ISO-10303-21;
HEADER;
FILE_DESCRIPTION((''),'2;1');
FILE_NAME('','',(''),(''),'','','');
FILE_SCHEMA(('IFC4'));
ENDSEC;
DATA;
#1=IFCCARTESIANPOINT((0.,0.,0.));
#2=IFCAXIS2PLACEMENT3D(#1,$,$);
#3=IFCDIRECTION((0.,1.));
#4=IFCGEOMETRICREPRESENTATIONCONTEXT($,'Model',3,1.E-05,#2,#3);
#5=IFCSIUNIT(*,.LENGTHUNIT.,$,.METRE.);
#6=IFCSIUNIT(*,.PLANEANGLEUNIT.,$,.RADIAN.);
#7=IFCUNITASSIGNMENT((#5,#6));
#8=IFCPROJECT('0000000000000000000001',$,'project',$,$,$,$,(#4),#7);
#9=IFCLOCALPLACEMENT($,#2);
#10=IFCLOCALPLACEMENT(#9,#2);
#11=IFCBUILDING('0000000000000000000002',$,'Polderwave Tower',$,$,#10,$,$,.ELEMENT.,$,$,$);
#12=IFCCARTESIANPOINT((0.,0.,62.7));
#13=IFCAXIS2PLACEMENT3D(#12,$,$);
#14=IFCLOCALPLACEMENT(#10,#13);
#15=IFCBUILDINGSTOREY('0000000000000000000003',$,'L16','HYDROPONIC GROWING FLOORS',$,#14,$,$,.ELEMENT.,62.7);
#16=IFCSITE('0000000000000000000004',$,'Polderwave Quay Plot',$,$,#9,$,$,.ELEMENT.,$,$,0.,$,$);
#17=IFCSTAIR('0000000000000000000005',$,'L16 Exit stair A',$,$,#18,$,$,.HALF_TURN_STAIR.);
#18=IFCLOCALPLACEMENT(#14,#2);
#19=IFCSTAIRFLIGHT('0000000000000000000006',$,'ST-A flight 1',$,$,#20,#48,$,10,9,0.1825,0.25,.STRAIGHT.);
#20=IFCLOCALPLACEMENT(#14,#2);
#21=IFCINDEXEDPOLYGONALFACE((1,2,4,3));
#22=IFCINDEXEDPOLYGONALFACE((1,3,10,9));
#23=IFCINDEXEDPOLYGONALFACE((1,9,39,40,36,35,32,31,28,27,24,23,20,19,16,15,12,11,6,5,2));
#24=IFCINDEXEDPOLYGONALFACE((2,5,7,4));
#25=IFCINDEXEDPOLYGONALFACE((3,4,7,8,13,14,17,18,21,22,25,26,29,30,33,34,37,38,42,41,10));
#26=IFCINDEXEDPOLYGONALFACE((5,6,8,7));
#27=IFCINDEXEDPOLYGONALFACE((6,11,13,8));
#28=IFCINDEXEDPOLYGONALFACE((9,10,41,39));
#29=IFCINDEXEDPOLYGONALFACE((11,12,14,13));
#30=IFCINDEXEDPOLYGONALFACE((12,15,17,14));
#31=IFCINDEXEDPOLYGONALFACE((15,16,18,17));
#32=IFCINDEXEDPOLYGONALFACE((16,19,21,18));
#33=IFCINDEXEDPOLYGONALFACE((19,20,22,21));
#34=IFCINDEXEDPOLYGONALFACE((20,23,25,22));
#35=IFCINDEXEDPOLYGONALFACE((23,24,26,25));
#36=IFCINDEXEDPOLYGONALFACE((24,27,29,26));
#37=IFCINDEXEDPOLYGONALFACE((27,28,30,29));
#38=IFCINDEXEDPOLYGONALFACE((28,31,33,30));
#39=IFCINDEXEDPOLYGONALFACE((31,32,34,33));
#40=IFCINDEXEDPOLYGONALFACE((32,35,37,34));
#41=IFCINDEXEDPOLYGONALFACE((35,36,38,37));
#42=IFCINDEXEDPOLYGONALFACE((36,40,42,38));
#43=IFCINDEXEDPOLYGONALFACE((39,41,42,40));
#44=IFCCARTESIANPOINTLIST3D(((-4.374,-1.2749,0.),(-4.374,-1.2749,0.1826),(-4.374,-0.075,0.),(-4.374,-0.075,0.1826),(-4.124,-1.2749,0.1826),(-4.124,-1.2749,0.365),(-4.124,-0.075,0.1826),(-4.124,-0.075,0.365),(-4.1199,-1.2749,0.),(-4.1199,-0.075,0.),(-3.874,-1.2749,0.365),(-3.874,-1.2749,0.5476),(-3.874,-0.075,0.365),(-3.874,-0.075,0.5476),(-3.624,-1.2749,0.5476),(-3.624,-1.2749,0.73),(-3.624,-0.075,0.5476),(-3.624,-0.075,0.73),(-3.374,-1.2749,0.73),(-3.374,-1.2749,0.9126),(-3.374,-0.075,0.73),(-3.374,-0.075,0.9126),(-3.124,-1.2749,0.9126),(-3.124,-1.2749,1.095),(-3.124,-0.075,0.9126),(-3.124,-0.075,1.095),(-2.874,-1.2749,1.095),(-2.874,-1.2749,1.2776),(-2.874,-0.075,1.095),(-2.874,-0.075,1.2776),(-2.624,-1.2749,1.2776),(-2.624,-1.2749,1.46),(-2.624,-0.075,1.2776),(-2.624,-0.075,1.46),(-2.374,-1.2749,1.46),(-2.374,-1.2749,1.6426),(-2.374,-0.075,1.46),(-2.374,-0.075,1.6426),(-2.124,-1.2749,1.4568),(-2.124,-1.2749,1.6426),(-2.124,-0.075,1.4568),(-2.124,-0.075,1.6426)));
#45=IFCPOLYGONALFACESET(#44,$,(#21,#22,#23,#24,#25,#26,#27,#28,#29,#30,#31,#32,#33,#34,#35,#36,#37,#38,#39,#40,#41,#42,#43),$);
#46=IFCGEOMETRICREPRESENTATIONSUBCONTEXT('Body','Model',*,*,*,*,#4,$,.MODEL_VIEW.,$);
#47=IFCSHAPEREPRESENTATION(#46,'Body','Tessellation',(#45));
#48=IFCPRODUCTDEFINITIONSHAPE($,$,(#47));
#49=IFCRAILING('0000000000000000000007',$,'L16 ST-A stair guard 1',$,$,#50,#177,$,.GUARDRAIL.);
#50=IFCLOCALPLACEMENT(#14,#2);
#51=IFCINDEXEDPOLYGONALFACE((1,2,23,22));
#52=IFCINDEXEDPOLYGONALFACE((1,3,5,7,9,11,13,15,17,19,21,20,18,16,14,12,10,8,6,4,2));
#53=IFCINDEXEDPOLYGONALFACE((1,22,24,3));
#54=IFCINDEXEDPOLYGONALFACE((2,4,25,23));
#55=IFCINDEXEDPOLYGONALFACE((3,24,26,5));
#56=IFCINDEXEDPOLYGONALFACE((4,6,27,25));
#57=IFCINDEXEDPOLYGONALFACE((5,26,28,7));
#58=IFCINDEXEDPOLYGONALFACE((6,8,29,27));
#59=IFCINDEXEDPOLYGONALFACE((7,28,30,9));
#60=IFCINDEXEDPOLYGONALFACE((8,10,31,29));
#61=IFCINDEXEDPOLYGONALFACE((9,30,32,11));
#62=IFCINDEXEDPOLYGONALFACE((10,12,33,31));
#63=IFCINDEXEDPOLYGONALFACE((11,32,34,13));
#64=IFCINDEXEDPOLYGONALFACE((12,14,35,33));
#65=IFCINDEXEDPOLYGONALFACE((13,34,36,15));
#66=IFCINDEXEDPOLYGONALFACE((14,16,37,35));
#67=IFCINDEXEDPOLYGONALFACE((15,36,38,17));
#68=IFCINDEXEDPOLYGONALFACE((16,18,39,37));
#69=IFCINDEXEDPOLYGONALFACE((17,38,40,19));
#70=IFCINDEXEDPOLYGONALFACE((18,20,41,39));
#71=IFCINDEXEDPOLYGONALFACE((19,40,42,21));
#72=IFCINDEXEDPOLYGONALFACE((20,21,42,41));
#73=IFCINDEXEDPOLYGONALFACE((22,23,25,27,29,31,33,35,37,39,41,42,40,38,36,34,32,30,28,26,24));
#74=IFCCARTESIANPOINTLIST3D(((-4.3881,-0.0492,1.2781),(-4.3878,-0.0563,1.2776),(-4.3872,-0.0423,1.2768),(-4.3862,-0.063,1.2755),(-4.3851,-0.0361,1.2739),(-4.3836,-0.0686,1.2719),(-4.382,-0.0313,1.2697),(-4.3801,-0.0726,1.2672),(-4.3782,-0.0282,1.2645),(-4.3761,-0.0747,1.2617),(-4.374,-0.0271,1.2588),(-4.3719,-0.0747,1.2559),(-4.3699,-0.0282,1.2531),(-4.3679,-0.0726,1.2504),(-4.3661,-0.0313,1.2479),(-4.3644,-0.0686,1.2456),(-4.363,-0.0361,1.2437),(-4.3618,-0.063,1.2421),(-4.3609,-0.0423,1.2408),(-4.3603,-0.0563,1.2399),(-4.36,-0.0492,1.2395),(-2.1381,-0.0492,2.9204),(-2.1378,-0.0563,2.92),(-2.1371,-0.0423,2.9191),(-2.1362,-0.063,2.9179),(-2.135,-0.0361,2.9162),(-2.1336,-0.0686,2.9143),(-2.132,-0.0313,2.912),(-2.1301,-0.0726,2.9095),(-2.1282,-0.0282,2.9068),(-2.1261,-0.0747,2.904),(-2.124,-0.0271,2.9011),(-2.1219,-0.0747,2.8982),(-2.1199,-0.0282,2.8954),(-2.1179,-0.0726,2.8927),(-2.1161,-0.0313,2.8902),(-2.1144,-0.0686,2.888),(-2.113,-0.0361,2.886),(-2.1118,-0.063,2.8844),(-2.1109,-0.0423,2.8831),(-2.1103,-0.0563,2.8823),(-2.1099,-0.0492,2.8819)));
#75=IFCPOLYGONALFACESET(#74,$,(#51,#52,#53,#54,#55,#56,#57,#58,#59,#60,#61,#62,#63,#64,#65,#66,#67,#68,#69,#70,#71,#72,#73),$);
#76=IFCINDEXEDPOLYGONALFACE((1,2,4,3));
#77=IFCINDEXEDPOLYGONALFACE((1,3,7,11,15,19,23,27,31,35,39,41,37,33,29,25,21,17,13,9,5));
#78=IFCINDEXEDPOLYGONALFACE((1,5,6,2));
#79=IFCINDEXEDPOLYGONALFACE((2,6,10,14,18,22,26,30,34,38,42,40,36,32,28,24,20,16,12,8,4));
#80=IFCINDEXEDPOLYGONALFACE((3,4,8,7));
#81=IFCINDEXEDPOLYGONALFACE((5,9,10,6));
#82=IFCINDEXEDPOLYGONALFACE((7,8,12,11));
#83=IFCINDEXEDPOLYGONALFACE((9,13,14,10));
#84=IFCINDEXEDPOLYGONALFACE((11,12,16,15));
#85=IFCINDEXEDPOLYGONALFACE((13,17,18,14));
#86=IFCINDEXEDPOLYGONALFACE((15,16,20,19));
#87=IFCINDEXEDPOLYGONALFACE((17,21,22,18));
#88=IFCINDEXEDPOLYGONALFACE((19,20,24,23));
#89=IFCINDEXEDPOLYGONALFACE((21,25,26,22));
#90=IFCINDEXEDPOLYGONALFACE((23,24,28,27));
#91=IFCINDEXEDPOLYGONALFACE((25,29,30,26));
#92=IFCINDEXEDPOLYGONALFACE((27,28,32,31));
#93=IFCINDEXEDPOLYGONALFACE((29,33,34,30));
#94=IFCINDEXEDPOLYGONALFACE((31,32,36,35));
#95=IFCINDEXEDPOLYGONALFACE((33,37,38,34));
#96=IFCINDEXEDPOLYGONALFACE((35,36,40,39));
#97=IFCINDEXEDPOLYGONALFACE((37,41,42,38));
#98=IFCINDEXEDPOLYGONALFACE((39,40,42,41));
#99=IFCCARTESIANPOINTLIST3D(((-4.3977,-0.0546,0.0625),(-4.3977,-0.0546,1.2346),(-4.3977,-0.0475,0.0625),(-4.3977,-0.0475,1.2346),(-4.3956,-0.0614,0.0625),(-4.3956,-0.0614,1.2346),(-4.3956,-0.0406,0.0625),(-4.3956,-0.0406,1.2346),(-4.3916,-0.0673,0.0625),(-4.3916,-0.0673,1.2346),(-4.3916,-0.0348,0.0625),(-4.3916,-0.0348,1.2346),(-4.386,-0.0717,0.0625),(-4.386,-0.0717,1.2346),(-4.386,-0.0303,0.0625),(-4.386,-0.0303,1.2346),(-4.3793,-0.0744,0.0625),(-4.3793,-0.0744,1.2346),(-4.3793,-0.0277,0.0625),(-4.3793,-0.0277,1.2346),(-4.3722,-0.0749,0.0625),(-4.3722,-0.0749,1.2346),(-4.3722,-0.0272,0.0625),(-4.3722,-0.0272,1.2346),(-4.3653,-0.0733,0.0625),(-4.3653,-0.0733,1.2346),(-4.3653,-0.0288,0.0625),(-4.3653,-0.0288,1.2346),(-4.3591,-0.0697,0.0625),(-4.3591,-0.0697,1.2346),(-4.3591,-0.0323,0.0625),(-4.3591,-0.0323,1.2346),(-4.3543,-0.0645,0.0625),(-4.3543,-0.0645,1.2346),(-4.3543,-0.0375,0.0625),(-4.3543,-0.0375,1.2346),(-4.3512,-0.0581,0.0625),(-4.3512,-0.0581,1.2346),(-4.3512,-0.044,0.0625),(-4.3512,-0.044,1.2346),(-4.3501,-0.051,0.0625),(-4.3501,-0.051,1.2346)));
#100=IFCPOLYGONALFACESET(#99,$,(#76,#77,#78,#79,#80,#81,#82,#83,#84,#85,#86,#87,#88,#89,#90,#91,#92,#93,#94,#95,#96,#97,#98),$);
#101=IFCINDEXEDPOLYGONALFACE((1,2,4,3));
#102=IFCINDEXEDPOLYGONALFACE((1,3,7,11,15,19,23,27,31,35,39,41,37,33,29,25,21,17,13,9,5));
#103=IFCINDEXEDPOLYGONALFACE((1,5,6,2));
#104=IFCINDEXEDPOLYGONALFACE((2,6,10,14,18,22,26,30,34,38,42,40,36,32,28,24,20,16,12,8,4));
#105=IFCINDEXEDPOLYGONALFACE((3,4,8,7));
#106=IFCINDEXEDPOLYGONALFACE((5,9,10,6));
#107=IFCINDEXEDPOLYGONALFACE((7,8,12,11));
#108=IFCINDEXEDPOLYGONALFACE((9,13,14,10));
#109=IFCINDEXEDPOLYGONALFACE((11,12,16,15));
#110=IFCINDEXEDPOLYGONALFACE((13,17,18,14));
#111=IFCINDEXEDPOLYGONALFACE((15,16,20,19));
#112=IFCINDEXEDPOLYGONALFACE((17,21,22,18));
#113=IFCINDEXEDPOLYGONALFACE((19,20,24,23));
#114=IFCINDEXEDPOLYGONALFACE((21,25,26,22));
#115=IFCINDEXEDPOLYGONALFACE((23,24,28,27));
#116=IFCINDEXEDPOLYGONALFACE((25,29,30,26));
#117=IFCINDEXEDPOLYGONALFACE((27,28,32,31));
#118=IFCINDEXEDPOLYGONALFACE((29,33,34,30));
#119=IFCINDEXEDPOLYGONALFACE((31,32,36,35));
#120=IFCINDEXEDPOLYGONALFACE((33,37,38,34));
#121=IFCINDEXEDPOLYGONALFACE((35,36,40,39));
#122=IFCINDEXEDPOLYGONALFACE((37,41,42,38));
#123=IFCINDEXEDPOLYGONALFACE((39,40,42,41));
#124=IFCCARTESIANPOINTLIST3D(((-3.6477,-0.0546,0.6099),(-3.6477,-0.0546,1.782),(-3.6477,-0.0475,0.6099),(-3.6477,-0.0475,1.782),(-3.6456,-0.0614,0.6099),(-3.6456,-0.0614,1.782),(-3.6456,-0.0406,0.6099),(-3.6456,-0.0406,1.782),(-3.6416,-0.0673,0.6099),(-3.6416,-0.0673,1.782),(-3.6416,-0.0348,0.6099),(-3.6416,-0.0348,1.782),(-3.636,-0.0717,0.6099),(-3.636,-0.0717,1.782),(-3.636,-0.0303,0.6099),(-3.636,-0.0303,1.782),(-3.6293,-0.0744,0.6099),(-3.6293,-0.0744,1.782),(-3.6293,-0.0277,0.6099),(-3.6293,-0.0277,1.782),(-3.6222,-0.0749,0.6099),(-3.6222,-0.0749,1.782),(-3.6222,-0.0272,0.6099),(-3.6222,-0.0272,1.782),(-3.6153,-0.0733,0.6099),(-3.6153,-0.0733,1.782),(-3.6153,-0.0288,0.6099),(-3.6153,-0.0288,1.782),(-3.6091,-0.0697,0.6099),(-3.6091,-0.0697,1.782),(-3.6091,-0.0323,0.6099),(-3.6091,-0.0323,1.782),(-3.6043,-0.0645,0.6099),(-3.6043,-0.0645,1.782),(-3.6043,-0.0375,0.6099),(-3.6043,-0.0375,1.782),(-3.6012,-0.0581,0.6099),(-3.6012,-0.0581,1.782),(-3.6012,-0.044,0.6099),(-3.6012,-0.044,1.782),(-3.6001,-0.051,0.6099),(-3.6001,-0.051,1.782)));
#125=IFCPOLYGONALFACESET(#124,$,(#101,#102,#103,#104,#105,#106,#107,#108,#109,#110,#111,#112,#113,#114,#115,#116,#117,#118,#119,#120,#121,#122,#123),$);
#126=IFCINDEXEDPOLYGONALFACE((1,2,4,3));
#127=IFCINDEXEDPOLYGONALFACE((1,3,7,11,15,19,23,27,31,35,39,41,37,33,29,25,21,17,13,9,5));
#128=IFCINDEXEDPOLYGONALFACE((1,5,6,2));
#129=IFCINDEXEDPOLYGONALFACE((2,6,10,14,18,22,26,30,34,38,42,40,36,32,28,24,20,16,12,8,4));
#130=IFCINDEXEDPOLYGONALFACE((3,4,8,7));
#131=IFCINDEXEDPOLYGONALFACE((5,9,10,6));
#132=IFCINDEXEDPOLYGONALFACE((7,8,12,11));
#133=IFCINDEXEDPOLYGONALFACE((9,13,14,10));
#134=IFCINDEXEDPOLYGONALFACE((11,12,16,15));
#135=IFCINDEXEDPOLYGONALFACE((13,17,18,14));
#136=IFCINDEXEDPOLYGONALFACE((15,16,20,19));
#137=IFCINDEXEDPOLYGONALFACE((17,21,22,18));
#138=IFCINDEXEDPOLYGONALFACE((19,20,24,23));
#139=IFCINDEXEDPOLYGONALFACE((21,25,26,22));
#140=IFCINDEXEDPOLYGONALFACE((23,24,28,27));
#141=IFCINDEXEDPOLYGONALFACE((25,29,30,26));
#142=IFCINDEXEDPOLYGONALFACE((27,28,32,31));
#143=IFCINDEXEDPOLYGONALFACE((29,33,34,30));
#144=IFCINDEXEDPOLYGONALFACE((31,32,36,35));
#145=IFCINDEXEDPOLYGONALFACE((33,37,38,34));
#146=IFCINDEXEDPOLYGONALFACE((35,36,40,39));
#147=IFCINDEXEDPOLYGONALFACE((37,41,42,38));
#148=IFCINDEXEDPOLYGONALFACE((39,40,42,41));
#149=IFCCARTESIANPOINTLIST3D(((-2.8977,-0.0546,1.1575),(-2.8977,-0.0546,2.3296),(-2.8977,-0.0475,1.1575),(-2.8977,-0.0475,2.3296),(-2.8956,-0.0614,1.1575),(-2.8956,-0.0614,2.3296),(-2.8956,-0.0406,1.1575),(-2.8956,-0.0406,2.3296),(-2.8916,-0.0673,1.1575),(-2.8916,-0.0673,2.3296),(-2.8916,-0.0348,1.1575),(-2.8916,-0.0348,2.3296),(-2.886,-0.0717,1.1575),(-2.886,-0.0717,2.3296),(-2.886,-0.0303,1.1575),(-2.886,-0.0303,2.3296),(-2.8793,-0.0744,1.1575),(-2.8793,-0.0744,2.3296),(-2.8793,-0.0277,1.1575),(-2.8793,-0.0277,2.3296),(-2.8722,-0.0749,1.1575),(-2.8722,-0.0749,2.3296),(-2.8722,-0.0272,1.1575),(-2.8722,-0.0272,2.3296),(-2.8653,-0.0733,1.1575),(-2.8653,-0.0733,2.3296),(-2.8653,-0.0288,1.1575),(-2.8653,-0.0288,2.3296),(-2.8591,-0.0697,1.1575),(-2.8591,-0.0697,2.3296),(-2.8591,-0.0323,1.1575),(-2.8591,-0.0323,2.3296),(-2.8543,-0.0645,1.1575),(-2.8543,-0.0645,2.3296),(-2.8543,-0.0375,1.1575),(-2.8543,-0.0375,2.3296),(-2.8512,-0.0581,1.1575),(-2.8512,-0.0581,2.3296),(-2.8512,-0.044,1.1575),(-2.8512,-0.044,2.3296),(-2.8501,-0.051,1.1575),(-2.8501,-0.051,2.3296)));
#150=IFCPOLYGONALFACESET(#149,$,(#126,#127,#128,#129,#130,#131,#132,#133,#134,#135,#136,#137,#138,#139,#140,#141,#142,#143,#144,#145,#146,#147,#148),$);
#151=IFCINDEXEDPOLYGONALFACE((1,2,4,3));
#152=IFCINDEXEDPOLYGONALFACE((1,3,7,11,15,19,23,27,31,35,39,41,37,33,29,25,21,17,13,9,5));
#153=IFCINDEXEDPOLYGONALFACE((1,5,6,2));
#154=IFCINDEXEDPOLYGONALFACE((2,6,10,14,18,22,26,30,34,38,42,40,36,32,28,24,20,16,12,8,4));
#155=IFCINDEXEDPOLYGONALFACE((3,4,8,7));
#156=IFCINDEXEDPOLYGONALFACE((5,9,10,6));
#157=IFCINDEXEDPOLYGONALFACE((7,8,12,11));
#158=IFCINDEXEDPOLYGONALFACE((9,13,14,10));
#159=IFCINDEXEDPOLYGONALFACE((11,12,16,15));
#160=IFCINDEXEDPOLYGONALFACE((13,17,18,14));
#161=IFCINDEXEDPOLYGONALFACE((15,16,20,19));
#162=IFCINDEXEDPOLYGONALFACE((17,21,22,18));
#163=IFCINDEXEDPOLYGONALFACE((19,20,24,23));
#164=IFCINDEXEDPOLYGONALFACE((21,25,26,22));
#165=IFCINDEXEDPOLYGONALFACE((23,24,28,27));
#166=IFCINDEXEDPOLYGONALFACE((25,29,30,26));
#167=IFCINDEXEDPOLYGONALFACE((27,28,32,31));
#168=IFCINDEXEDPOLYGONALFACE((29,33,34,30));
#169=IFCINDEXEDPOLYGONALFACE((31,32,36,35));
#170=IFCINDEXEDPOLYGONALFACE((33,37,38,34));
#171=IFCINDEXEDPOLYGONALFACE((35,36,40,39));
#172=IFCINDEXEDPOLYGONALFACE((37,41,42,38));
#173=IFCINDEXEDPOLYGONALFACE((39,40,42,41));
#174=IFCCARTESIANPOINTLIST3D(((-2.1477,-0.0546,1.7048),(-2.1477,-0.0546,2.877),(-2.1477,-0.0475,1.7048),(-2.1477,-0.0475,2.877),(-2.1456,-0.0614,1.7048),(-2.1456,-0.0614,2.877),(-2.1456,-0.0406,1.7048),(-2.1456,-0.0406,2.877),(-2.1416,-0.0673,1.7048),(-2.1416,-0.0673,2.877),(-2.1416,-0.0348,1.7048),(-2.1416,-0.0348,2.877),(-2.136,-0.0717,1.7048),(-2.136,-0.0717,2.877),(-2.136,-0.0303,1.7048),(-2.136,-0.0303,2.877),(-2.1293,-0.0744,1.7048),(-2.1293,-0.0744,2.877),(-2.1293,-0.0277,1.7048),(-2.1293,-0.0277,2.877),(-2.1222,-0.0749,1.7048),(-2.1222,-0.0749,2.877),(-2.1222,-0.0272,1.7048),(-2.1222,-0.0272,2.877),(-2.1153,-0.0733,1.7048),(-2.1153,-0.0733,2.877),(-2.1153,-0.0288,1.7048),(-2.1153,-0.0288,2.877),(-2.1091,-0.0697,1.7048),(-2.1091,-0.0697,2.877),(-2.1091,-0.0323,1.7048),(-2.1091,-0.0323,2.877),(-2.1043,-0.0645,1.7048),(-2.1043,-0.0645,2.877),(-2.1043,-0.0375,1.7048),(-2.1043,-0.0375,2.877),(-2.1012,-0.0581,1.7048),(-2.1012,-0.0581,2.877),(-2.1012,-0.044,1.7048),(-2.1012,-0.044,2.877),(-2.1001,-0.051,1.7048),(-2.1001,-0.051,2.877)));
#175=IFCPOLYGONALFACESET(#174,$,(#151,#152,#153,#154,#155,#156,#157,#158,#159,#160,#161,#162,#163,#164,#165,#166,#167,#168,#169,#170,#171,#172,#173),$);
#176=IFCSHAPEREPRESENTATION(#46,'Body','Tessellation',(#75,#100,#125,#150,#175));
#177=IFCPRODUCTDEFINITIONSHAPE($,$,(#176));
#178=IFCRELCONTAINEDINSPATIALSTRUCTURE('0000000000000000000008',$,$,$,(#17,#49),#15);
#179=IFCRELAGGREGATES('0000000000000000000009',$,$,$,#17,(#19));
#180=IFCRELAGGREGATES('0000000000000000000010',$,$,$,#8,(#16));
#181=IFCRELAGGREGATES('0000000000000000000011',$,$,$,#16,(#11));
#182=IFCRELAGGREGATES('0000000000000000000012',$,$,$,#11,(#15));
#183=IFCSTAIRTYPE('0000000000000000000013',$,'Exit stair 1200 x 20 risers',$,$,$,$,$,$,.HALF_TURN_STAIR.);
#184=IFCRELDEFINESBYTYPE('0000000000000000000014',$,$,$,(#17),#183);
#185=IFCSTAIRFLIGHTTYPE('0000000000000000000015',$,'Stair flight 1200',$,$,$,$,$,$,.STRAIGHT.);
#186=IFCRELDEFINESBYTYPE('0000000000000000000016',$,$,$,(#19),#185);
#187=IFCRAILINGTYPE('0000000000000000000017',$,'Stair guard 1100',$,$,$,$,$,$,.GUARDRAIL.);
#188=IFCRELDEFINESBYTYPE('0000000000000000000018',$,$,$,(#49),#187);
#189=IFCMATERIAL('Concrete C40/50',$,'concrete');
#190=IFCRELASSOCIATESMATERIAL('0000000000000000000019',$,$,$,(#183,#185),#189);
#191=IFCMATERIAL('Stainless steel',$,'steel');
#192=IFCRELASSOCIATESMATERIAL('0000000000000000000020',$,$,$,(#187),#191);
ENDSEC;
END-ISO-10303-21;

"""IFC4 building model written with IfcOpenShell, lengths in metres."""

from ifc_helpers import new_model, si_unit, direction, frame, origin, origin_2d, place, context, subcontext, project, spatial, polyline, circle, outline, extrude, material, type_object, element, aggregate, save


model = new_model("IFC4")

# Units and contexts
model_context = context("Model", 3, precision=1e-05, world=origin(), true_north=direction((0.0, 1.0)))
body_context = subcontext(model_context, "Body", "Model", "MODEL_VIEW")
ifc_project = project(units=[si_unit("LENGTHUNIT", "METRE"), si_unit("PLANEANGLEUNIT", "RADIAN")], contexts=[model_context])

# Site, building, storey
site_placement = place(None, origin())
site = spatial("IfcSite", under=ifc_project, at=site_placement, Name="Polderwave Quay Plot", CompositionType="ELEMENT", RefElevation=0.0)
building_placement = place(site_placement, origin())
building = spatial("IfcBuilding", under=site, at=building_placement, Name="Polderwave Tower", CompositionType="ELEMENT")
storey_placement = place(building_placement, frame((0.0, 0.0, 62.7)))
storey = spatial("IfcBuildingStorey", under=building, at=storey_placement, Name="L16", Description="HYDROPONIC GROWING FLOORS", CompositionType="ELEMENT", Elevation=62.7)

# Shared definitions
ifc_material_1 = material(Name="Concrete C40/50", Category="concrete")

# Stair, stair flight
stair_type = type_object("IfcStairType", Name="Exit stair 1200 x 20 risers", PredefinedType="HALF_TURN_STAIR", material=ifc_material_1)
stair_placement = place(storey_placement, origin())
stair = element("IfcStair", 1, at=stair_placement, inside=storey, type_object=stair_type, Name="L16 Exit stair A", PredefinedType="HALF_TURN_STAIR")
stair_flight_type = type_object("IfcStairFlightType", Name="Stair flight 1200", PredefinedType="STRAIGHT", material=ifc_material_1)
stair_flight_placement = place(storey_placement, frame((-4.374, -0.675, 0.0), z_axis=(0.0, 0.0, 1.0), x_axis=(1.0, 0.0, 0.0)))
stair_flight = element("IfcStairFlight", 2, at=stair_flight_placement, type_object=stair_flight_type, Name="ST-A flight 1", NumberOfRisers=10, NumberOfTreads=9, PredefinedType="STRAIGHT", RiserHeight=0.1825, TreadLength=0.25, context=body_context, shape_type="SweptSolid", body=[
    extrude(outline(polyline([(0.0, 0.0), (0.0, 0.1826), (0.25, 0.1826), (0.25, 0.365), (0.5, 0.365), (0.5, 0.5476), (0.75, 0.5476), (0.75, 0.73), (1.0, 0.73), (1.0, 0.9126), (1.25, 0.9126), (1.25, 1.095), (1.5, 1.095), (1.5, 1.2776), (1.75, 1.2776), (1.75, 1.46), (2.0, 1.46), (2.0, 1.6426), (2.25, 1.6426), (2.25, 1.825), (2.25, 1.4568), (0.2542, 0.0), (0.0, 0.0)])), frame((0.0, 0.6001, 0.0), z_axis=(0.0, -1.0, 0.0), x_axis=(1.0, 0.0, 0.0)), (0.0, 0.0, 1.0), 1.2),
])
aggregate(stair, [stair_flight])

# Railing
ifc_material_2 = material(Name="Stainless steel", Category="steel")
railing_type_1 = type_object("IfcRailingType", Name="Stair guard 1100", PredefinedType="GUARDRAIL", material=ifc_material_2)
railing_1_placement = place(storey_placement, frame((-4.374, -0.051, 0.0625)))
element("IfcRailing", 3, at=railing_1_placement, inside=storey, type_object=railing_type_1, Name="L16 ST-A stair guard 1", PredefinedType="GUARDRAIL", context=body_context, shape_type="SweptSolid", body=[
    extrude(circle(Radius=0.0239, at=origin_2d()), frame((0.0, 0.0, 1.1963), z_axis=(0.807715, 0.0, 0.589573), x_axis=(0.0, 1.0, 0.0)), (0.0, 0.0, 1.0), 2.7856),
    extrude(circle(Radius=0.0239, at=origin_2d()), origin(), (0.0, 0.0, 1.0), 1.1721),
    extrude(circle(Radius=0.0239, at=origin_2d()), frame((0.75, 0.0, 0.5474)), (0.0, 0.0, 1.0), 1.1721),
    extrude(circle(Radius=0.0239, at=origin_2d()), frame((1.5, 0.0, 1.095)), (0.0, 0.0, 1.0), 1.1721),
    extrude(circle(Radius=0.0239, at=origin_2d()), frame((2.25, 0.0, 1.6423)), (0.0, 0.0, 1.0), 1.1721),
])

save(model, "model.ifc")
